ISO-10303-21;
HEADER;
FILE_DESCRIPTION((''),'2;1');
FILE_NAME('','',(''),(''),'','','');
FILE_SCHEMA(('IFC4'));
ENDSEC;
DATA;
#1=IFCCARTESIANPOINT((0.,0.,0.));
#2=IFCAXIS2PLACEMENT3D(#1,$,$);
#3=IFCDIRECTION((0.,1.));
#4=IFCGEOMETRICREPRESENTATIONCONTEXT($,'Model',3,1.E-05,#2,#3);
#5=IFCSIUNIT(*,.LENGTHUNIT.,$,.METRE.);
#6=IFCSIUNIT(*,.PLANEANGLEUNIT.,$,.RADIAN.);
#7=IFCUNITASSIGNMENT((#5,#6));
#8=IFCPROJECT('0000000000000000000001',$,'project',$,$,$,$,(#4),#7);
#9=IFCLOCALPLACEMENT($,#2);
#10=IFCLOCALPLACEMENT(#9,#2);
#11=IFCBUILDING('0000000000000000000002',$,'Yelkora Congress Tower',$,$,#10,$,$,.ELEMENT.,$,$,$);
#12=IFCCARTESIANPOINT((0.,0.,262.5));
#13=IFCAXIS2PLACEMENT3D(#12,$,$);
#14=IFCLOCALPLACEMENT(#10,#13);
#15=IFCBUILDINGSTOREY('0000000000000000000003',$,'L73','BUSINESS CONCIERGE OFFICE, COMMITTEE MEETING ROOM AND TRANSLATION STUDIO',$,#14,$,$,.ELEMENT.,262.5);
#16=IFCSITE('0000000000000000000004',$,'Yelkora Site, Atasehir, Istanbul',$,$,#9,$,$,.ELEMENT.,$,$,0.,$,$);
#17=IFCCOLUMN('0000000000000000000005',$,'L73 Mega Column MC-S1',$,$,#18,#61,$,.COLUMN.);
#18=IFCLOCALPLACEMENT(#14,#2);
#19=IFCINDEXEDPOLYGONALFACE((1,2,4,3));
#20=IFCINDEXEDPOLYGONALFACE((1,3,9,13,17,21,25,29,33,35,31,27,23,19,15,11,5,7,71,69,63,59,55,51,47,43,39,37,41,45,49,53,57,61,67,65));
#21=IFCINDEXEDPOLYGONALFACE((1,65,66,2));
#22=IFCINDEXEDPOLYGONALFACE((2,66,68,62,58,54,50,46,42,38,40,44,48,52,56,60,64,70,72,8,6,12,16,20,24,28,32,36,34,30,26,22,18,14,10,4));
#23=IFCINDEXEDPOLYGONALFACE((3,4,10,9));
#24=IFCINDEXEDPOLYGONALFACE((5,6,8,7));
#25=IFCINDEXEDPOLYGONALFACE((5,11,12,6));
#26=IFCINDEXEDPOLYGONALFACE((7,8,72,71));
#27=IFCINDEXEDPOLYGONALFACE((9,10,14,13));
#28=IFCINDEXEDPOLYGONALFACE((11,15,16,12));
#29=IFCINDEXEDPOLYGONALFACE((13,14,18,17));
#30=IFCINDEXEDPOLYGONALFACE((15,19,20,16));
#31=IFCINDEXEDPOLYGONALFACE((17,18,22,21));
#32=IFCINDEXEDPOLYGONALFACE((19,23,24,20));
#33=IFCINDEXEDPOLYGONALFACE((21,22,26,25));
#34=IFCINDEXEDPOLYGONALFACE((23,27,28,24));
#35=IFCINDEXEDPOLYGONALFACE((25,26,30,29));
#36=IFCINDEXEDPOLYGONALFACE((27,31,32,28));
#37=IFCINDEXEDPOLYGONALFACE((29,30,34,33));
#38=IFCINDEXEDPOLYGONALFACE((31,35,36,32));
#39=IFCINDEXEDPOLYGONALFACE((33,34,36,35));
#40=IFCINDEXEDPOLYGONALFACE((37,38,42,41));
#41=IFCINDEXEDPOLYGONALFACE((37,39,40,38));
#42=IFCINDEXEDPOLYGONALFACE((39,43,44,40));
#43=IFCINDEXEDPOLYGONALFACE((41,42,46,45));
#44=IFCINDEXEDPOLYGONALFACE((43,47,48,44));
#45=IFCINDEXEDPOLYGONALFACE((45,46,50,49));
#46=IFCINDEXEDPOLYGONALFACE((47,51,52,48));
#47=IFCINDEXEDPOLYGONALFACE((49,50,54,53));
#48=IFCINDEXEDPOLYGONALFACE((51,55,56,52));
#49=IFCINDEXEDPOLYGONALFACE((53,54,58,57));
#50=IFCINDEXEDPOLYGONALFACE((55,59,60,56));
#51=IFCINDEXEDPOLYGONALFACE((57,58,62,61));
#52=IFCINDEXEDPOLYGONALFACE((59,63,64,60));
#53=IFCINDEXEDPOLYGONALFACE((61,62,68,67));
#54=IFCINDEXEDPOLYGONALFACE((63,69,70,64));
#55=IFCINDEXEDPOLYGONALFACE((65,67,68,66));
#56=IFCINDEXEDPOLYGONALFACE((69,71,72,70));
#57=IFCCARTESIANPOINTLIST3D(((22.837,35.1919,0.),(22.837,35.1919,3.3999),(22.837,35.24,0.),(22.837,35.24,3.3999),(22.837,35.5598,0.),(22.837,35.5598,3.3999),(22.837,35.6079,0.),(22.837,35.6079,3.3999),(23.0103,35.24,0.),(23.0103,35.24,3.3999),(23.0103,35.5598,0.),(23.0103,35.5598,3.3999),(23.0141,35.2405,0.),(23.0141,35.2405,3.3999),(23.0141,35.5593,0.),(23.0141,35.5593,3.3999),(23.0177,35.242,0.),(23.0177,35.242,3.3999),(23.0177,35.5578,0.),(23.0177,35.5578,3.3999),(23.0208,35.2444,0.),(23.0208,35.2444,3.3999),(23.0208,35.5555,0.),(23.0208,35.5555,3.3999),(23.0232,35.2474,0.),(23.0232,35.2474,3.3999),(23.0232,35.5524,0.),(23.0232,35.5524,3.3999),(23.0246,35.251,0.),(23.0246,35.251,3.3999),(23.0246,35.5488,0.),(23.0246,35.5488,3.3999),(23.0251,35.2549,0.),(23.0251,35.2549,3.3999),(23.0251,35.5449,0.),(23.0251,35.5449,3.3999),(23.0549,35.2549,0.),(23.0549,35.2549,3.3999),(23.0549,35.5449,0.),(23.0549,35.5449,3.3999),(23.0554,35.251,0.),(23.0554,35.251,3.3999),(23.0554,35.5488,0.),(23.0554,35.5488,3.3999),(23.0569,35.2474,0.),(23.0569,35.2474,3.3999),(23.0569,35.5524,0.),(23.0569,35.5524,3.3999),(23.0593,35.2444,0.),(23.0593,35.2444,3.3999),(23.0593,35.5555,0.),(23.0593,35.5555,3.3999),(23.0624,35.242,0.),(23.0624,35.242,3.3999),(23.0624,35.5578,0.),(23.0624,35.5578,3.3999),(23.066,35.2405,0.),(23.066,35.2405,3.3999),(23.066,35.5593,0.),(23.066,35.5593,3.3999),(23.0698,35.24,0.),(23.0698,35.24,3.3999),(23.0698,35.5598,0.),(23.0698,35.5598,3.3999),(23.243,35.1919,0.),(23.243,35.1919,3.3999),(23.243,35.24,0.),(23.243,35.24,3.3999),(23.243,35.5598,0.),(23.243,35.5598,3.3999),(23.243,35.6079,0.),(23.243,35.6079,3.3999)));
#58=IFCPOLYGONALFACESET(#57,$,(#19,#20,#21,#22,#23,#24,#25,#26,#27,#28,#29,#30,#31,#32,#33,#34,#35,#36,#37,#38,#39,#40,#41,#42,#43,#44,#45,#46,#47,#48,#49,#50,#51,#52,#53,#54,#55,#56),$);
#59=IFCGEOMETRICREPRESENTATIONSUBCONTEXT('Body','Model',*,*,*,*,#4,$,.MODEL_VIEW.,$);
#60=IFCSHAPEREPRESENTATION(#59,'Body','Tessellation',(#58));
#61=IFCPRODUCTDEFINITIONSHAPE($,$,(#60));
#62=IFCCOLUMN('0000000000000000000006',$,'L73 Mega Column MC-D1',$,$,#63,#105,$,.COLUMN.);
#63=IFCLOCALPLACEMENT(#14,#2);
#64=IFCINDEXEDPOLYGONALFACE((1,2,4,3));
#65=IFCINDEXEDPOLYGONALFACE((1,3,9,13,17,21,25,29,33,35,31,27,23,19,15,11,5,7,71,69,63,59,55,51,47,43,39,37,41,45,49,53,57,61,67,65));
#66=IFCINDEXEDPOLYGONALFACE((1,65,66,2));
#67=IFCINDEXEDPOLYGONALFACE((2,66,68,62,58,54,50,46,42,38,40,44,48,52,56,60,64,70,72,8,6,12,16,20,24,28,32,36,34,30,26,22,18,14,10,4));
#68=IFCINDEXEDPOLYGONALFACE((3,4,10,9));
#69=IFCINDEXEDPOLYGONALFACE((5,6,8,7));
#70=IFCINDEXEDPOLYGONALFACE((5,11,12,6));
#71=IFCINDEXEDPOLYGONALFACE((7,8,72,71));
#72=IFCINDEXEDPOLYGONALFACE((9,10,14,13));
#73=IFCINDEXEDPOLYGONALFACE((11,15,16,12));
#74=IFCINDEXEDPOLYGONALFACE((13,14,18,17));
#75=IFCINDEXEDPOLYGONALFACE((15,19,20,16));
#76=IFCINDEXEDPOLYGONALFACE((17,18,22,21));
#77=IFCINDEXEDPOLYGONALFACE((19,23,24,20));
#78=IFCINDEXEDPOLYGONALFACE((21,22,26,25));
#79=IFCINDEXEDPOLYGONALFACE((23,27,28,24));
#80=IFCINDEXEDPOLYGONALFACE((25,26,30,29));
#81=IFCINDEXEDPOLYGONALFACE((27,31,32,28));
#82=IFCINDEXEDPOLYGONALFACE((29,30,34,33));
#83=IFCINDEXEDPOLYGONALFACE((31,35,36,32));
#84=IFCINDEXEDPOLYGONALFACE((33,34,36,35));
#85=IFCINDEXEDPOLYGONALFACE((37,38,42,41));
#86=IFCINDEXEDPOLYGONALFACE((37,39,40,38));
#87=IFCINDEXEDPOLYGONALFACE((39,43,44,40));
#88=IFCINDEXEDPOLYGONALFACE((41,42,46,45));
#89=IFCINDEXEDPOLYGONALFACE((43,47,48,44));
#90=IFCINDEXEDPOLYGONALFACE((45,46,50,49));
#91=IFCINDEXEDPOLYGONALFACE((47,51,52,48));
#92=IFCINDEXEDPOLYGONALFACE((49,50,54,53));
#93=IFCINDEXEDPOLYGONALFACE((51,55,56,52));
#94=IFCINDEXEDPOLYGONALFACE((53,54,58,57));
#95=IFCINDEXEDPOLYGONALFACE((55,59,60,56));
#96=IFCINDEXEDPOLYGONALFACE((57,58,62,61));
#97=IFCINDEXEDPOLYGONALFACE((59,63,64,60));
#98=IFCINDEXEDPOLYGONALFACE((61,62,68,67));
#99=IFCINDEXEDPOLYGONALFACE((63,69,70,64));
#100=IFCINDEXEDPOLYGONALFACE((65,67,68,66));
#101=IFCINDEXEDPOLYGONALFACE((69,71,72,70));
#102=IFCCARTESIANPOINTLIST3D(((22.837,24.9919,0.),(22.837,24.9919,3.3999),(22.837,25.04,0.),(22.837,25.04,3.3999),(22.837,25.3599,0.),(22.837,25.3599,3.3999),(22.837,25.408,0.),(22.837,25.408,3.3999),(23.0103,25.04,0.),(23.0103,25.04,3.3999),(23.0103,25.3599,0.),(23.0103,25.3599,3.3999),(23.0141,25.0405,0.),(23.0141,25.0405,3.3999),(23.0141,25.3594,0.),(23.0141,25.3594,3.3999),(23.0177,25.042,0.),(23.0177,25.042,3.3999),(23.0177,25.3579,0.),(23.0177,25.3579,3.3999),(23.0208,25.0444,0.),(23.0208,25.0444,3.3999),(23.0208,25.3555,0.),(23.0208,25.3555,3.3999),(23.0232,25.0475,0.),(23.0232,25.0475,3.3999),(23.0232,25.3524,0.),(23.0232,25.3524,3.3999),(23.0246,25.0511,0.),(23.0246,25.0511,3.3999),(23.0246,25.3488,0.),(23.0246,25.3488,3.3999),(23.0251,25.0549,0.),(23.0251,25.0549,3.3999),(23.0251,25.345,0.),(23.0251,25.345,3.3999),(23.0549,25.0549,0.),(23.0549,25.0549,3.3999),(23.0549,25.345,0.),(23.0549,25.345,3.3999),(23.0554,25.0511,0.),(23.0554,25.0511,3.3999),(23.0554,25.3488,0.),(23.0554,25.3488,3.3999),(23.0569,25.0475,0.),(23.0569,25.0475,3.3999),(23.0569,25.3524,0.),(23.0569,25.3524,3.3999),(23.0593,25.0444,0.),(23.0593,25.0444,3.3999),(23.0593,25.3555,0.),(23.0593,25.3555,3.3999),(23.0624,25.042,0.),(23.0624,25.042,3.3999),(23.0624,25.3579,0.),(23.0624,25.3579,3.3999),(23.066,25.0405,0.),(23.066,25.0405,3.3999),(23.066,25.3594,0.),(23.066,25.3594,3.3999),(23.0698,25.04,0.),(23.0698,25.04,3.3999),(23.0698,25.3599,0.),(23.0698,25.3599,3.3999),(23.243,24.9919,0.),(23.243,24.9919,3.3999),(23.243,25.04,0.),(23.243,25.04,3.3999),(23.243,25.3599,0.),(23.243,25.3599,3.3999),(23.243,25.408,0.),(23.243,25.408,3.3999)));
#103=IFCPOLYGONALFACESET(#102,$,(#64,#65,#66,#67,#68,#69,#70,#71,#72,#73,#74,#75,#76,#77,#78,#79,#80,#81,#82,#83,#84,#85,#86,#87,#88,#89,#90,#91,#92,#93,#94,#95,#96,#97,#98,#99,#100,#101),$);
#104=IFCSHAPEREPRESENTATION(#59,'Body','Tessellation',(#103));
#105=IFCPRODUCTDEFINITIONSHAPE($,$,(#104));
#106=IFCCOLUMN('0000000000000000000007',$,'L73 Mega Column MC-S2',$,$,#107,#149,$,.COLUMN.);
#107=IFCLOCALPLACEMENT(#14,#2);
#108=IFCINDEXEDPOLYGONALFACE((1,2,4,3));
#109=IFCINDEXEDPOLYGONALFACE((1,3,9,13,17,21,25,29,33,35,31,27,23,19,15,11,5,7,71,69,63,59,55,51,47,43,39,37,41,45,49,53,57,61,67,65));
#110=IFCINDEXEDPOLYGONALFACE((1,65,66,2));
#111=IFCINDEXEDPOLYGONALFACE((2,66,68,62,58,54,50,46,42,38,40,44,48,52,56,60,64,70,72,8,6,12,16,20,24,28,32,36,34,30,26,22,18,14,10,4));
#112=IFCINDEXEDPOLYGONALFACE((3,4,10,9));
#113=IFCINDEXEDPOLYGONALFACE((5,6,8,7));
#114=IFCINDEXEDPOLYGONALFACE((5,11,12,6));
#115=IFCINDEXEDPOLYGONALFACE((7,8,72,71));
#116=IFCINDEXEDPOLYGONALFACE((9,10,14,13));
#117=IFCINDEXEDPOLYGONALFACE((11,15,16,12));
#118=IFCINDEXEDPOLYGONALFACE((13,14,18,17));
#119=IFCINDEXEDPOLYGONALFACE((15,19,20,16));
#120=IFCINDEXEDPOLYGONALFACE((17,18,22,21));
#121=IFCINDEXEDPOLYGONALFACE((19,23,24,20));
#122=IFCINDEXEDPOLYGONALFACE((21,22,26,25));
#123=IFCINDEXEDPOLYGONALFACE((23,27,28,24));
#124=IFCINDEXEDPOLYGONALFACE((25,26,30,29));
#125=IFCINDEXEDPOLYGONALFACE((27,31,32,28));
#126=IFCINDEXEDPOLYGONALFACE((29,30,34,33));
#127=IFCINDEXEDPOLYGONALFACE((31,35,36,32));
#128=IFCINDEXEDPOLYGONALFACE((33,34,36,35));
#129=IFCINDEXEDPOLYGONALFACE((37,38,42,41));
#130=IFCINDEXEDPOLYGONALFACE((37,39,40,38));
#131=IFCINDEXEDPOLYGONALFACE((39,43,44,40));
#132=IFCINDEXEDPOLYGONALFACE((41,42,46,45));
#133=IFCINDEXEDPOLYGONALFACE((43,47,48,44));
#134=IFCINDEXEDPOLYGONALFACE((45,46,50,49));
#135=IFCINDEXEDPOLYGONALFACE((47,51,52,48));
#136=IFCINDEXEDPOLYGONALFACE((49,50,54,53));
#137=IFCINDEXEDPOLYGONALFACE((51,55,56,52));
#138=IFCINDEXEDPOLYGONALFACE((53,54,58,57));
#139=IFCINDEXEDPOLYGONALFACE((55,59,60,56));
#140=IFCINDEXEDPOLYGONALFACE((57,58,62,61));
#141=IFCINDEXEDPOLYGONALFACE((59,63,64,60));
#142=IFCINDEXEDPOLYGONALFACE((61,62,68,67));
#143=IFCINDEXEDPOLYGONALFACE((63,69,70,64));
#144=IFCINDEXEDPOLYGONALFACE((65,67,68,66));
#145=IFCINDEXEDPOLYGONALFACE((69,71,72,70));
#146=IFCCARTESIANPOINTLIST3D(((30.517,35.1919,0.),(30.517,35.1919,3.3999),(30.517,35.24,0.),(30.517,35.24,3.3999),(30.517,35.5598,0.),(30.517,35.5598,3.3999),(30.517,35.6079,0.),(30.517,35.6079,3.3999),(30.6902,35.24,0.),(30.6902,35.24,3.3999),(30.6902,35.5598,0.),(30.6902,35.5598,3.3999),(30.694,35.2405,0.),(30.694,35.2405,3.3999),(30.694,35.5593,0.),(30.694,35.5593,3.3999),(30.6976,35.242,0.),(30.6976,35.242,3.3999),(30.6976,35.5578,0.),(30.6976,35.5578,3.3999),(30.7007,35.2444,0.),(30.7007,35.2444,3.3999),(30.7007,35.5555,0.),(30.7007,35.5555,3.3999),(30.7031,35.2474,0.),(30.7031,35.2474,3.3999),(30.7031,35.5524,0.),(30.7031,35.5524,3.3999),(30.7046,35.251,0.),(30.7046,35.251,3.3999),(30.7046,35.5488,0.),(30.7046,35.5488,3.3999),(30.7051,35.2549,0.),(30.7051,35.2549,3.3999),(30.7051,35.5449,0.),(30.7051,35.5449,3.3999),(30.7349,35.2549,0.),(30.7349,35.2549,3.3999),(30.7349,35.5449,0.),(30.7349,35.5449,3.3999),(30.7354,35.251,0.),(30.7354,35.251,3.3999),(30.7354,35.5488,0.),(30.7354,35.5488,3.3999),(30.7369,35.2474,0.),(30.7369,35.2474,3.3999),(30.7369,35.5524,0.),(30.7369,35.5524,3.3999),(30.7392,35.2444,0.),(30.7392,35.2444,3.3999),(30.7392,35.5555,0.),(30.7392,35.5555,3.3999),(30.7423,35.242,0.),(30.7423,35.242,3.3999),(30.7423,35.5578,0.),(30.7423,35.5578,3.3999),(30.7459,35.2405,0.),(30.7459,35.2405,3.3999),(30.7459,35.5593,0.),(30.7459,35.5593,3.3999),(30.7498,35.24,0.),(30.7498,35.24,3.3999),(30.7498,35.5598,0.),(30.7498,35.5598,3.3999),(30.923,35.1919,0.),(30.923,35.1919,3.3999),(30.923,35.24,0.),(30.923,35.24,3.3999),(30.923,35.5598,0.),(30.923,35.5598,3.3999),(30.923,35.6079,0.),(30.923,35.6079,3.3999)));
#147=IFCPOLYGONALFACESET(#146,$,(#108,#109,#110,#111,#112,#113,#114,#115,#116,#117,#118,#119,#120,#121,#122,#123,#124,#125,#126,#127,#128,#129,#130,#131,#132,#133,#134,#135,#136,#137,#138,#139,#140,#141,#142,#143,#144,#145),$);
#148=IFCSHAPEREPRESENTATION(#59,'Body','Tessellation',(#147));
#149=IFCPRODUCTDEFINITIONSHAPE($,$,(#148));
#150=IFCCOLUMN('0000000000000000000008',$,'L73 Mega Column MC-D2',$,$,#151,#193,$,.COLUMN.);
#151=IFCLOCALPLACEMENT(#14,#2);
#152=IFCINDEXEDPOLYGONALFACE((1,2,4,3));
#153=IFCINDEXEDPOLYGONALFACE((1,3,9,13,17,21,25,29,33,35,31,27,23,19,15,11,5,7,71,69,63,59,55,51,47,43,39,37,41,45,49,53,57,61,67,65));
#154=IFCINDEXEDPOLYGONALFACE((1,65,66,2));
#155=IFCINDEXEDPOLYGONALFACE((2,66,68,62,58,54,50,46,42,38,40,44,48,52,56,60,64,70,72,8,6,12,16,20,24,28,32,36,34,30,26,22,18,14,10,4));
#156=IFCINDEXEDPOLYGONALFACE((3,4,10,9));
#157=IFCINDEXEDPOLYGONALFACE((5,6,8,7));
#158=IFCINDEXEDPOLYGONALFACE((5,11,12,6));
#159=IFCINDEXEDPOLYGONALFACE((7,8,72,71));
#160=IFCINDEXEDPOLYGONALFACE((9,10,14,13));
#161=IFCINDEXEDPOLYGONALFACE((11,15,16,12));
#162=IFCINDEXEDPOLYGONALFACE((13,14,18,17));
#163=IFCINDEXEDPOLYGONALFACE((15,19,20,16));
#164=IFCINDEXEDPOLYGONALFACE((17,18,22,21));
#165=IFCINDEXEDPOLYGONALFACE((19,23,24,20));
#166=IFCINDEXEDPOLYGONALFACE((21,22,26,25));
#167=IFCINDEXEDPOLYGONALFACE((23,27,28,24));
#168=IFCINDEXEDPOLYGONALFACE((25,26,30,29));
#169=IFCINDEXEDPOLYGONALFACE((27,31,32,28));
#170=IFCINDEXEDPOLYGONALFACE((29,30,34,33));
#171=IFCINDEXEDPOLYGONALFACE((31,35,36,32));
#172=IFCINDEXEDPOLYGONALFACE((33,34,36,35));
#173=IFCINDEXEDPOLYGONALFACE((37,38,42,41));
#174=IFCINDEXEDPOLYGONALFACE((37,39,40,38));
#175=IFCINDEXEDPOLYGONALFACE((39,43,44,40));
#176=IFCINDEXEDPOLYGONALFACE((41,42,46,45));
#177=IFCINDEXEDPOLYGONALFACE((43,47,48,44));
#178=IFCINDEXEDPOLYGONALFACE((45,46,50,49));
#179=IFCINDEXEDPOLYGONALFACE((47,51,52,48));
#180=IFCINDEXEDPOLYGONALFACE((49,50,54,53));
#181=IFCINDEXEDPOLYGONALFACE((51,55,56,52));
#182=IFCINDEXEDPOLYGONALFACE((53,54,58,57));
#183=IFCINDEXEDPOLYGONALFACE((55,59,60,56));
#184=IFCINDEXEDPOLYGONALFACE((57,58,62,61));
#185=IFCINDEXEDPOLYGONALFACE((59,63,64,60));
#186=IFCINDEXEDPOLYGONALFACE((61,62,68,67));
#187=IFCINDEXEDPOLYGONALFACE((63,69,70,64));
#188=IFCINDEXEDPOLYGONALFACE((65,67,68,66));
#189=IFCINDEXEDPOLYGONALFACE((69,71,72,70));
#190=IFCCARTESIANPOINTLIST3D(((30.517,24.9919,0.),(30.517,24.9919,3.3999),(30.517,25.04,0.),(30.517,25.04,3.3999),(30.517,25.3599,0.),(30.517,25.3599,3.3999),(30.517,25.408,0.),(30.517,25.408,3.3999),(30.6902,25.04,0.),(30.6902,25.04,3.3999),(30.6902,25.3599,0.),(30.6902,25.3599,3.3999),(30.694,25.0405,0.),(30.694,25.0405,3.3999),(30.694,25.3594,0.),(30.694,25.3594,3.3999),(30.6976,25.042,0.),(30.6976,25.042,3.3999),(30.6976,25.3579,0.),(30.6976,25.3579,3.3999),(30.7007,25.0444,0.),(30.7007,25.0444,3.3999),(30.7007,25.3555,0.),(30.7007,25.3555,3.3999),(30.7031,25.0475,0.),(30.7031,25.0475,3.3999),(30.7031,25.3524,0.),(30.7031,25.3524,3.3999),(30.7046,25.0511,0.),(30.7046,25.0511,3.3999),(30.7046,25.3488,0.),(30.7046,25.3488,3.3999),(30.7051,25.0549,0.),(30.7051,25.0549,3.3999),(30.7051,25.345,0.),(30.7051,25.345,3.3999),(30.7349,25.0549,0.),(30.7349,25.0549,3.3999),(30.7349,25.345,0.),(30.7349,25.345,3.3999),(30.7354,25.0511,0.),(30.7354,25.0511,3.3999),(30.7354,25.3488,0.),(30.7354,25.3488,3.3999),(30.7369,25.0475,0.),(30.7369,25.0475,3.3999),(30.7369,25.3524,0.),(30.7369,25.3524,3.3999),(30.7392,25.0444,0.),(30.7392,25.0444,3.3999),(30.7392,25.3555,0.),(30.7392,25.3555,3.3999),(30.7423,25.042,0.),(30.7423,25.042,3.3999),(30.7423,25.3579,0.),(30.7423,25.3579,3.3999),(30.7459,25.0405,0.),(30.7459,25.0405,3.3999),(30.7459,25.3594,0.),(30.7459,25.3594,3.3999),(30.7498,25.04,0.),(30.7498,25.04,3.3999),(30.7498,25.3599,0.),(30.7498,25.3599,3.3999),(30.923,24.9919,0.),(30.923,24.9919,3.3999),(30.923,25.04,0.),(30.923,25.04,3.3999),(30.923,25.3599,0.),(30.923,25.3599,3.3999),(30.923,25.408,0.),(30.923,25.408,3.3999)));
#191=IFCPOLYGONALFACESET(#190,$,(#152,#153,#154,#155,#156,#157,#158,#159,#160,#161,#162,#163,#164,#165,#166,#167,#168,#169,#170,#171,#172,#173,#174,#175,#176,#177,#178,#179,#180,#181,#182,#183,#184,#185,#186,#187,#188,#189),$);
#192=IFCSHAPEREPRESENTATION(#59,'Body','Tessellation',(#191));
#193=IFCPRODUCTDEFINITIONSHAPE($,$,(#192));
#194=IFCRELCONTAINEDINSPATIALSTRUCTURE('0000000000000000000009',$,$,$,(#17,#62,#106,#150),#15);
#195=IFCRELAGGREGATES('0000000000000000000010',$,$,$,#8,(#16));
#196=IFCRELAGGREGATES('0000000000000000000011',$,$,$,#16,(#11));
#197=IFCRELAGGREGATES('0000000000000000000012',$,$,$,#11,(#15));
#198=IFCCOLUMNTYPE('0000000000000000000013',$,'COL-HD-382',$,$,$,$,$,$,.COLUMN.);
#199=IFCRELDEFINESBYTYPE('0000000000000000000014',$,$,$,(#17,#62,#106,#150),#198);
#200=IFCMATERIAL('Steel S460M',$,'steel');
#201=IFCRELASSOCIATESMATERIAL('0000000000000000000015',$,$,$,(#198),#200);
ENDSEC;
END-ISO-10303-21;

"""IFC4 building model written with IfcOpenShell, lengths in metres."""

from ifc_helpers import new_model, si_unit, direction, frame, origin, origin_2d, place, context, subcontext, project, spatial, i_section, extrude, material, material_profile, profile_set, type_object, element, save


model = new_model("IFC4")

# Units and contexts
model_context = context("Model", 3, precision=1e-05, world=origin(), true_north=direction((0.0, 1.0)))
body_context = subcontext(model_context, "Body", "Model", "MODEL_VIEW")
ifc_project = project(units=[si_unit("LENGTHUNIT", "METRE"), si_unit("PLANEANGLEUNIT", "RADIAN")], contexts=[model_context])

# Site, building, storey
site_placement = place(None, origin())
site = spatial("IfcSite", under=ifc_project, at=site_placement, Name="Yelkora Site, Atasehir, Istanbul", CompositionType="ELEMENT", RefElevation=0.0)
building_placement = place(site_placement, origin())
building = spatial("IfcBuilding", under=site, at=building_placement, Name="Yelkora Congress Tower", CompositionType="ELEMENT")
storey_placement = place(building_placement, frame((0.0, 0.0, 262.5)))
storey = spatial("IfcBuildingStorey", under=building, at=storey_placement, Name="L73", Description="BUSINESS CONCIERGE OFFICE, COMMITTEE MEETING ROOM AND TRANSLATION STUDIO", CompositionType="ELEMENT", Elevation=262.5)

# Columns
ifc_material_1 = material(Name="Steel S460M", Category="steel")
ifc_material_profile_1 = material_profile(ifc_material_1, i_section(OverallWidth=0.406, OverallDepth=0.416, WebThickness=0.0298, FlangeThickness=0.0481, FilletRadius=0.0149, at=origin_2d()), Name="HD 400x382")
ifc_profile_set_1 = profile_set([ifc_material_profile_1], Name="Steel S460M")
column_type = type_object("IfcColumnType", Name="COL-HD-382", PredefinedType="COLUMN", material=ifc_profile_set_1)
for number, where, z_axis, x_axis, name in (
    (1, (23.04, 35.3999, 0.0), (0.0, 0.0, 1.0), (1.0, 0.0, 0.0), "L73 Mega Column MC-S1"),
    (2, (23.04, 25.2, 0.0), (0.0, 0.0, 1.0), (1.0, 0.0, 0.0), "L73 Mega Column MC-D1"),
    (3, (30.72, 35.3999, 0.0), (0.0, 0.0, 1.0), (1.0, 0.0, 0.0), "L73 Mega Column MC-S2"),
    (4, (30.72, 25.2, 0.0), (0.0, 0.0, 1.0), (1.0, 0.0, 0.0), "L73 Mega Column MC-D2"),
):
    element("IfcColumn", number, at=place(storey_placement, frame(where, z_axis=z_axis, x_axis=x_axis)), inside=storey, type_object=column_type, Name=name, PredefinedType="COLUMN", context=body_context, shape_type="SweptSolid", body=[
        extrude(i_section(OverallWidth=0.406, OverallDepth=0.416, WebThickness=0.0298, FlangeThickness=0.0481, FilletRadius=0.0149, at=origin_2d()), origin(), (0.0, 0.0, 1.0), 3.3999),
    ])

save(model, "model.ifc")
